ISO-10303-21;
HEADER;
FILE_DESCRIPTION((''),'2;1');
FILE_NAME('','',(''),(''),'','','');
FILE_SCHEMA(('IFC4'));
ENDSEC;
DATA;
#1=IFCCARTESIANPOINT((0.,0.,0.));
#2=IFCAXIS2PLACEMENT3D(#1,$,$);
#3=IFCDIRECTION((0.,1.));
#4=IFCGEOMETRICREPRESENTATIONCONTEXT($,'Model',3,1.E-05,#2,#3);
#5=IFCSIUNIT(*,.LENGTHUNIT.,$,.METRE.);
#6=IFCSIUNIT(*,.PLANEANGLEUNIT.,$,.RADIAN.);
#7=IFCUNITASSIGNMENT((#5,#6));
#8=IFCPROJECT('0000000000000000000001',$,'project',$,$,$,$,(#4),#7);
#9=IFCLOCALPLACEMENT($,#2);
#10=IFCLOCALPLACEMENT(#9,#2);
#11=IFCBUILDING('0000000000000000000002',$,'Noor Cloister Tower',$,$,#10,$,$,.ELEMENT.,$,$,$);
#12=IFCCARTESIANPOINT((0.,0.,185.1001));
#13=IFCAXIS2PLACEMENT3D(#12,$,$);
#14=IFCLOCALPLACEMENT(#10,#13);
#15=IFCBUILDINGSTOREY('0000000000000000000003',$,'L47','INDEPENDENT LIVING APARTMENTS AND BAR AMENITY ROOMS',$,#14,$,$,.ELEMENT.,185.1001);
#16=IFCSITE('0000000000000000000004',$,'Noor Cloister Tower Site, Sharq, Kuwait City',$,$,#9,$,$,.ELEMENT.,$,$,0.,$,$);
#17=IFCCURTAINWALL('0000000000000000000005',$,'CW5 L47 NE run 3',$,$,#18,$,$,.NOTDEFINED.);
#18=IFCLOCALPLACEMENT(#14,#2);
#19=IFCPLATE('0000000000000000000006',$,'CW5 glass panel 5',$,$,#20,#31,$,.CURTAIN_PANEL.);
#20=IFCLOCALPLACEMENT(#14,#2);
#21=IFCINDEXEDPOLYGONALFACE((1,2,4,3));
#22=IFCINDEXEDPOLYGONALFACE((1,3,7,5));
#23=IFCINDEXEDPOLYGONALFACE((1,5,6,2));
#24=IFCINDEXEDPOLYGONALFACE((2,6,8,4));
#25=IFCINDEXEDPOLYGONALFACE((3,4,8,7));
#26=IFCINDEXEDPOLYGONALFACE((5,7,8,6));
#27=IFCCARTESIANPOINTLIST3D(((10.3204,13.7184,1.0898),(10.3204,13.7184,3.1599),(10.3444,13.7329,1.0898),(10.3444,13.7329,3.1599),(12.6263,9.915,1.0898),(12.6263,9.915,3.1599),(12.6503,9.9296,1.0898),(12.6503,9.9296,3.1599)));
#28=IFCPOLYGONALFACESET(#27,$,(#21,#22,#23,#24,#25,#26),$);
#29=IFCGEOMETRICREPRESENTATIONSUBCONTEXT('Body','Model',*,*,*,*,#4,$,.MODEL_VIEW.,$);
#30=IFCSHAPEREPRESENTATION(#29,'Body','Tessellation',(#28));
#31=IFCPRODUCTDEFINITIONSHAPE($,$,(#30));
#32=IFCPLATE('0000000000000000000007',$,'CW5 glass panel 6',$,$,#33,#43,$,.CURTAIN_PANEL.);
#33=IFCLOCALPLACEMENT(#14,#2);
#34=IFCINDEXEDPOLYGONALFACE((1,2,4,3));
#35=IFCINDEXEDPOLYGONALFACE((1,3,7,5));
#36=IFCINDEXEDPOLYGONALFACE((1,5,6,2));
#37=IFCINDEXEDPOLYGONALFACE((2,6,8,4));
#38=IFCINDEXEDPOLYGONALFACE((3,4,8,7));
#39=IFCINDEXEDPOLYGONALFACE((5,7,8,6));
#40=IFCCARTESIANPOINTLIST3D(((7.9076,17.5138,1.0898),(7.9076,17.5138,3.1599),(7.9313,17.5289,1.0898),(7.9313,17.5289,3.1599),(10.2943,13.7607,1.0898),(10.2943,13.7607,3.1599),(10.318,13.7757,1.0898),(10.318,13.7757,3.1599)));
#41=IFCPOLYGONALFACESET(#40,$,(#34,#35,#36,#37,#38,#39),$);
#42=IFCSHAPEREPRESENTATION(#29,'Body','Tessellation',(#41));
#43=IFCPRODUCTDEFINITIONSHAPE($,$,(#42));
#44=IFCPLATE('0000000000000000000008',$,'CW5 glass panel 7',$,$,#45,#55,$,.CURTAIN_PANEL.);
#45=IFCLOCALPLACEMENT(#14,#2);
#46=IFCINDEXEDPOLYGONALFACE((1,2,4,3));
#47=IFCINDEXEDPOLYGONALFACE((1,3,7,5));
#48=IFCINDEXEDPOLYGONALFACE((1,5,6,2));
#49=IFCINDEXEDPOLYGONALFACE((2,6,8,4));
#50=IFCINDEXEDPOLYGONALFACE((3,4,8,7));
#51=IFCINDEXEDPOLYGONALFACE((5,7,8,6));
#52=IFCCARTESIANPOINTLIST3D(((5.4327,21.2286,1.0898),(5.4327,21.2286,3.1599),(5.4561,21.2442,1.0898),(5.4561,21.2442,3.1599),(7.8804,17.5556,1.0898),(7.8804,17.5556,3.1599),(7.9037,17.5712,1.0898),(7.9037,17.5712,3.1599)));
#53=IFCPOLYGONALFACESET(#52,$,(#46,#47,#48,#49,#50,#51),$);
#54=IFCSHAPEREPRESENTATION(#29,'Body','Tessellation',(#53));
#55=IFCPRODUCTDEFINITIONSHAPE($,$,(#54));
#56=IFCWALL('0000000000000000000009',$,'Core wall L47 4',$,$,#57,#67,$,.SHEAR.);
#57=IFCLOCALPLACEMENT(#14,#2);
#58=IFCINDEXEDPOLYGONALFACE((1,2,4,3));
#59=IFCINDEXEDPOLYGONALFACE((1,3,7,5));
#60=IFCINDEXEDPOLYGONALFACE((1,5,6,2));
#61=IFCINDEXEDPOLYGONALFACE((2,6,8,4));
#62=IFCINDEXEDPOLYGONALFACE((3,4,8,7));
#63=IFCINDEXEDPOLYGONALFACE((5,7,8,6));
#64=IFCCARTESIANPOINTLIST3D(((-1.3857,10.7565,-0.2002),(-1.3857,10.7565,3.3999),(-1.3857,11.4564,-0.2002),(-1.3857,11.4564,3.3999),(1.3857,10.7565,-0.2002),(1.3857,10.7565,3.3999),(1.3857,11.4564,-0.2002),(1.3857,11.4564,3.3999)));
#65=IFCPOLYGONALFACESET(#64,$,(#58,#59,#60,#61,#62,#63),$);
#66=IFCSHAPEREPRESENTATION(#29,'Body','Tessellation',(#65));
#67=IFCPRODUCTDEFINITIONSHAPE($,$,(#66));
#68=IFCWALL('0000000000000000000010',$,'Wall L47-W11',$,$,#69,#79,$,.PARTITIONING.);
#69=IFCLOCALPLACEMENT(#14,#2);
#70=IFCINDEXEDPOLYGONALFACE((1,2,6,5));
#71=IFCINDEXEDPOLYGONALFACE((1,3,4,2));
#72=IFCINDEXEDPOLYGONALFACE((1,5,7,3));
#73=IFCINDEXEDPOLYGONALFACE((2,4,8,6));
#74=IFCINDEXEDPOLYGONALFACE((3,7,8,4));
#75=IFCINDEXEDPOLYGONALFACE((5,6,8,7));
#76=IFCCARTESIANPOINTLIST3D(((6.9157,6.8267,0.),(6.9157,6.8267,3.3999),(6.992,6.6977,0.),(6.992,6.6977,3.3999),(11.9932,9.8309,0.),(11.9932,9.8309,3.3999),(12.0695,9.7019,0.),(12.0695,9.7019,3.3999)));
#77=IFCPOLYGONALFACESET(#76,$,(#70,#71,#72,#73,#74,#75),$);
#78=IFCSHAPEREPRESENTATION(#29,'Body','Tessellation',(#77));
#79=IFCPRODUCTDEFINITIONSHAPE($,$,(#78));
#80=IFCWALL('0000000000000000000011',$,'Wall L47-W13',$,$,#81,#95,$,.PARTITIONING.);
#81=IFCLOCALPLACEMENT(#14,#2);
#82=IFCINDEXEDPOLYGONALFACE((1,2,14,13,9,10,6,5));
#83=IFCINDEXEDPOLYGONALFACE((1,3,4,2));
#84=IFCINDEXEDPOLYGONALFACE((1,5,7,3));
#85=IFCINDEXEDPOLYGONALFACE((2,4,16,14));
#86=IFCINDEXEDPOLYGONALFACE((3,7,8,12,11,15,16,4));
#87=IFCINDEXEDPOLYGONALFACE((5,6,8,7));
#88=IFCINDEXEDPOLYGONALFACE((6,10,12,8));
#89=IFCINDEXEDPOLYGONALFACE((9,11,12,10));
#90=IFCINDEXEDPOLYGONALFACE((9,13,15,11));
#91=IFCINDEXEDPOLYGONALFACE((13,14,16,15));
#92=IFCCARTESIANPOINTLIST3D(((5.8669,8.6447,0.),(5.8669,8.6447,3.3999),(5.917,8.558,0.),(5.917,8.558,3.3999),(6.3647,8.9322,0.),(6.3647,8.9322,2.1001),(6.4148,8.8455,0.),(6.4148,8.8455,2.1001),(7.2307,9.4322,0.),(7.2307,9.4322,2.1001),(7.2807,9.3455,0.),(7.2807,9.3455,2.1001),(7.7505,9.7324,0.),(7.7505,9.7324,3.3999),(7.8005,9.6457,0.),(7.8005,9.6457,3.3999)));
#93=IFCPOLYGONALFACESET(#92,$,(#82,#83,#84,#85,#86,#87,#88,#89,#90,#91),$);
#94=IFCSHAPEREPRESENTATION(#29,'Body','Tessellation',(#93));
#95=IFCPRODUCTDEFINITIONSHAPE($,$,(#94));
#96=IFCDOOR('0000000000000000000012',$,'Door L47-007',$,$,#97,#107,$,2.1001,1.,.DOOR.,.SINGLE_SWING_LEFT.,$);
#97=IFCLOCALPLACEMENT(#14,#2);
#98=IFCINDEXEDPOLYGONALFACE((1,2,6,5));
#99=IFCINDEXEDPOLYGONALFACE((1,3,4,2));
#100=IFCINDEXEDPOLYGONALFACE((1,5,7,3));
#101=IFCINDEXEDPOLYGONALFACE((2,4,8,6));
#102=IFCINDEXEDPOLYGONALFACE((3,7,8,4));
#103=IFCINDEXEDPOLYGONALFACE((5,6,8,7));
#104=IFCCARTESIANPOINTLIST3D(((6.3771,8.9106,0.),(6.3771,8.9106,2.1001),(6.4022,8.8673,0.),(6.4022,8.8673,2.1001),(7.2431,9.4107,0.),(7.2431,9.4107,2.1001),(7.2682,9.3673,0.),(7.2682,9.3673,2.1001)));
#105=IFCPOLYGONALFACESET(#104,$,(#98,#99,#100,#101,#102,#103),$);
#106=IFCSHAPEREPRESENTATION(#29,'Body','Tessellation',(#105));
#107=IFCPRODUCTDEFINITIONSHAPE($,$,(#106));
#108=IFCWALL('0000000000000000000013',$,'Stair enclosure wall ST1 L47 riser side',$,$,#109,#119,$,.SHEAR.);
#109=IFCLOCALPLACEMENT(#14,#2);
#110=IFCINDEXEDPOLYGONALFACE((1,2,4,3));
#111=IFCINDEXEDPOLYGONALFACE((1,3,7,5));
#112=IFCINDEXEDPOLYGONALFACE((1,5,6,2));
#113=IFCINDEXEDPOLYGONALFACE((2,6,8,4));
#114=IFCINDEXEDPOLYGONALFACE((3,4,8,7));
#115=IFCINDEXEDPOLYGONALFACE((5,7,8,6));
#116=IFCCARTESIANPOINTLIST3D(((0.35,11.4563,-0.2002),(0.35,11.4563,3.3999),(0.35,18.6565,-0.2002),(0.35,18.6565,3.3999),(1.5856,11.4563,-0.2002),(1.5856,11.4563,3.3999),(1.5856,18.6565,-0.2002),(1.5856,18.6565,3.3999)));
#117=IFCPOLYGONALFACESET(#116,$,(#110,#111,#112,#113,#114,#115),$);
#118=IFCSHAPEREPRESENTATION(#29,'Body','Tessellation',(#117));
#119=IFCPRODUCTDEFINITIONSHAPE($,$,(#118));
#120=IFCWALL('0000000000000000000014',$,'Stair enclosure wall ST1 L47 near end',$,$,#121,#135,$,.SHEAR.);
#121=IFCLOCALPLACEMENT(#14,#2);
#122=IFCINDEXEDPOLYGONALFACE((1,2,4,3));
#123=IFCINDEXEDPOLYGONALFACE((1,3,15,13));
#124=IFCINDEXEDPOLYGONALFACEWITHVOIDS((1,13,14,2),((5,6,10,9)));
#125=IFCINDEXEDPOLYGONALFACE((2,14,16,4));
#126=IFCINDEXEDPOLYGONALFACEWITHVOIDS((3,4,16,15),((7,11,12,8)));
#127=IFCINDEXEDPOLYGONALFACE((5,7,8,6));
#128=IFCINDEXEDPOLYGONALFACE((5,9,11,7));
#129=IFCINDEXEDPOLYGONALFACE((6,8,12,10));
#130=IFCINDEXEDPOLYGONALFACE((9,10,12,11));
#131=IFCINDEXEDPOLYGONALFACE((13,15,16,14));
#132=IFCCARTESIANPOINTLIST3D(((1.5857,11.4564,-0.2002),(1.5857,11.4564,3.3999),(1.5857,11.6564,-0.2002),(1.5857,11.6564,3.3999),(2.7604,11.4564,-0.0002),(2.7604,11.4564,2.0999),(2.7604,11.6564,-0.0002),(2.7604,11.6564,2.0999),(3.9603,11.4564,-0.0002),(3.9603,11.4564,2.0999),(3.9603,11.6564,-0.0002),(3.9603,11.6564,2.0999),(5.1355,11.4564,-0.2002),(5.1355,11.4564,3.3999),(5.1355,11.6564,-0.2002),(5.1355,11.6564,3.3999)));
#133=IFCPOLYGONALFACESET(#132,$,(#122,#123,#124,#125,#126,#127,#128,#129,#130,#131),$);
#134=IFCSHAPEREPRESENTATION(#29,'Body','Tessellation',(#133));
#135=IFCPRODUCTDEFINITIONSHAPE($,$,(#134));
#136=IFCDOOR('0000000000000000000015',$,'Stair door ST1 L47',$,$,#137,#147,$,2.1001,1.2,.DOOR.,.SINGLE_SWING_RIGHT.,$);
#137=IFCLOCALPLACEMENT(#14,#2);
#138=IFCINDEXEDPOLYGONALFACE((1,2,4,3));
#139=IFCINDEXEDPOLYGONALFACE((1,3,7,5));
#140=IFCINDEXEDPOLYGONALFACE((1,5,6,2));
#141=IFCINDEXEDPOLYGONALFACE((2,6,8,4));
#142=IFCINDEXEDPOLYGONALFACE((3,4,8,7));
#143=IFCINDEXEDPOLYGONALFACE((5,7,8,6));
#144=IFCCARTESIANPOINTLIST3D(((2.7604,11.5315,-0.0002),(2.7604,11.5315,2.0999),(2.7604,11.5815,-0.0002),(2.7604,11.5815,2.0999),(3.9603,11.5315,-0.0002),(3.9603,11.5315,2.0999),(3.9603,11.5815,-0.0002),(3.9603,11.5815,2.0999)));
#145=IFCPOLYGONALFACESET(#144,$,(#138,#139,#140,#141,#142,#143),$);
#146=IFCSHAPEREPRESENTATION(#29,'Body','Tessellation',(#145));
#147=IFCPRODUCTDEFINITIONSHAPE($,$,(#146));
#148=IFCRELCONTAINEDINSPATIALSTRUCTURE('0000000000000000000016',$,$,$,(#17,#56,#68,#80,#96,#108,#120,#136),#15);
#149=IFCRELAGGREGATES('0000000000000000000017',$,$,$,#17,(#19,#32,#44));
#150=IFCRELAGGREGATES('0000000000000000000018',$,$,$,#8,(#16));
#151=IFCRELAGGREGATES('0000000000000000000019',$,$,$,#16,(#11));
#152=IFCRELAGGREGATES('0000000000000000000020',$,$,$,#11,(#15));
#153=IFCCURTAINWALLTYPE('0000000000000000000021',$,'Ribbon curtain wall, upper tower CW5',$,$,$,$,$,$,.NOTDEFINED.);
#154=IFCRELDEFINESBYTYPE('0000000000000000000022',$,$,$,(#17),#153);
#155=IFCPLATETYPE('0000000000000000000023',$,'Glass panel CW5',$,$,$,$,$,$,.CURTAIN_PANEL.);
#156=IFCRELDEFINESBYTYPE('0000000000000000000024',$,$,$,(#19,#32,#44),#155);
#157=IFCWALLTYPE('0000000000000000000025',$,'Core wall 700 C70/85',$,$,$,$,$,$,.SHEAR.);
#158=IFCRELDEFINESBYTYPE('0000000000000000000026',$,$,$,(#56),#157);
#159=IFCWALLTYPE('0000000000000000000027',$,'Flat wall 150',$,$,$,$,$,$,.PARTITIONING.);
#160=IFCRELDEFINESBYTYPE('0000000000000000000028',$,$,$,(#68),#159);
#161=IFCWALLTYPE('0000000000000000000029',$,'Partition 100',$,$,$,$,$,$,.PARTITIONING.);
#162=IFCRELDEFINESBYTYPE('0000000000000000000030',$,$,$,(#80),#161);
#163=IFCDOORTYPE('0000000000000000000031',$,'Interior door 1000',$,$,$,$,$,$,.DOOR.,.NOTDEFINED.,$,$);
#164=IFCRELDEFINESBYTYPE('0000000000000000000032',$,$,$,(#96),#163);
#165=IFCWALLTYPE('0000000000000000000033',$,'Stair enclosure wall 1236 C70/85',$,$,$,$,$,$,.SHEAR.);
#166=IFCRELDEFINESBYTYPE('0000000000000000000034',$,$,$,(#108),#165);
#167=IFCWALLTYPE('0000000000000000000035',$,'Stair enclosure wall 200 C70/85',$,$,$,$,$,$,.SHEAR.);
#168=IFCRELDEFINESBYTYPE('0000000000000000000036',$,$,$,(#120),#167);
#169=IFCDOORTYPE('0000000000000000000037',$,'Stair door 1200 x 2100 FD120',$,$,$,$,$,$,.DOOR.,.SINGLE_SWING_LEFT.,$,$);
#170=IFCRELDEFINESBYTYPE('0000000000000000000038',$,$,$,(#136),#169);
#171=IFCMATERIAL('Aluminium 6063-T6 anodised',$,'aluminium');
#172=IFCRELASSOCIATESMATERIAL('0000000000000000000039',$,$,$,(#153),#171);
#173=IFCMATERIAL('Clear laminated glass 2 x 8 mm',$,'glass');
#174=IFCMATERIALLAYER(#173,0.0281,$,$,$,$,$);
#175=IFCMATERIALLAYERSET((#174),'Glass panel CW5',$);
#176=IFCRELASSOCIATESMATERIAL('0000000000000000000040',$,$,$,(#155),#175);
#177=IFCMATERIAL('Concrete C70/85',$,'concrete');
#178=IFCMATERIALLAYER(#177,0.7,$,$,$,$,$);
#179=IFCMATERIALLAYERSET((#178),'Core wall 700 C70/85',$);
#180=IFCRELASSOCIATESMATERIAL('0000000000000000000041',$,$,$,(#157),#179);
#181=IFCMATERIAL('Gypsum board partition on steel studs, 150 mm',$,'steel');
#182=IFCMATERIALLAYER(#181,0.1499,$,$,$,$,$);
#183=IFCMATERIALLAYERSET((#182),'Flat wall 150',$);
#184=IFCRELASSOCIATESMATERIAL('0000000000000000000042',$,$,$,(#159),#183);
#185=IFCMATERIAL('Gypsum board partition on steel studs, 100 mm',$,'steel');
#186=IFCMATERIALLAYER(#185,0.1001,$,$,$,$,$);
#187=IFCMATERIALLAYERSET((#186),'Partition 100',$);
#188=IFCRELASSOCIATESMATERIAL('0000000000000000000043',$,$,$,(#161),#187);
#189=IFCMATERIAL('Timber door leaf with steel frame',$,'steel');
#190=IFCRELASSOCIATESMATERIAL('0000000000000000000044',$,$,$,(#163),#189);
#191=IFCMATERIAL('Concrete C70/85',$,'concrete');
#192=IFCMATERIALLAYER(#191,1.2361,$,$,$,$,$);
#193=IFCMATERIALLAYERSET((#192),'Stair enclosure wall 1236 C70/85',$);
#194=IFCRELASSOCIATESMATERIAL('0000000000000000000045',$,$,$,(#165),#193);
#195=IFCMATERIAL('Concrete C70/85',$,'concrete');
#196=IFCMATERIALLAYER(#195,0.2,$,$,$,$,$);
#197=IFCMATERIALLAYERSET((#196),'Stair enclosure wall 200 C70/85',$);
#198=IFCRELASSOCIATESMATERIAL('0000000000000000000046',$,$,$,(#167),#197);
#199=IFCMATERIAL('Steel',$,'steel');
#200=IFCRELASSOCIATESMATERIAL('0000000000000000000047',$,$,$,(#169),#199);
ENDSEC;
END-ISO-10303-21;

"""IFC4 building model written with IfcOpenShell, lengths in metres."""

from ifc_helpers import new_model, si_unit, direction, frame, frame_2d, origin, origin_2d, place, context, subcontext, project, spatial, rectangle, extrude, material, layer, layer_set, type_object, element, fill, aggregate, save


model = new_model("IFC4")

# Units and contexts
model_context = context("Model", 3, precision=1e-05, world=origin(), true_north=direction((0.0, 1.0)))
body_context = subcontext(model_context, "Body", "Model", "MODEL_VIEW")
ifc_project = project(units=[si_unit("LENGTHUNIT", "METRE"), si_unit("PLANEANGLEUNIT", "RADIAN")], contexts=[model_context])

# Site, building, storey
site_placement = place(None, origin())
site = spatial("IfcSite", under=ifc_project, at=site_placement, Name="Noor Cloister Tower Site, Sharq, Kuwait City", CompositionType="ELEMENT", RefElevation=0.0)
building_placement = place(site_placement, origin())
building = spatial("IfcBuilding", under=site, at=building_placement, Name="Noor Cloister Tower", CompositionType="ELEMENT")
storey_placement = place(building_placement, frame((0.0, 0.0, 185.1001)))
storey = spatial("IfcBuildingStorey", under=building, at=storey_placement, Name="L47", Description="INDEPENDENT LIVING APARTMENTS AND BAR AMENITY ROOMS", CompositionType="ELEMENT", Elevation=185.1001)

# Curtain wall
ifc_material_1 = material(Name="Aluminium 6063-T6 anodised", Category="aluminium")
curtain_wall_type = type_object("IfcCurtainWallType", Name="Ribbon curtain wall, upper tower CW5", PredefinedType="NOTDEFINED", material=ifc_material_1)
curtain_wall_placement = place(storey_placement, origin())
curtain_wall = element("IfcCurtainWall", 1, at=curtain_wall_placement, inside=storey, type_object=curtain_wall_type, Name="CW5 L47 NE run 3", PredefinedType="NOTDEFINED")

# Plates
ifc_material_2 = material(Name="Clear laminated glass 2 x 8 mm", Category="glass")
ifc_layer_1 = layer(ifc_material_2, 0.0281)
ifc_layer_set_1 = layer_set([ifc_layer_1], Name="Glass panel CW5")
plate_type = type_object("IfcPlateType", Name="Glass panel CW5", PredefinedType="CURTAIN_PANEL", material=ifc_layer_set_1)
plate_1_placement = place(storey_placement, frame((11.4854, 11.824, 1.0898), z_axis=(0.0, 0.0, 1.0), x_axis=(-0.518424, 0.855124, 0.0)))
plate_1 = element("IfcPlate", 2, at=plate_1_placement, type_object=plate_type, Name="CW5 glass panel 5", PredefinedType="CURTAIN_PANEL", context=body_context, shape_type="SweptSolid", body=[
    extrude(rectangle(XDim=4.4478, YDim=0.0281, at=origin_2d()), origin(), (0.0, 0.0, 1.0), 2.0701),
])
plate_2_placement = place(storey_placement, frame((9.1128, 15.6448, 1.0898), z_axis=(0.0, 0.0, 1.0), x_axis=(-0.53661, 0.84383, 0.0)))
plate_2 = element("IfcPlate", 3, at=plate_2_placement, type_object=plate_type, Name="CW5 glass panel 6", PredefinedType="CURTAIN_PANEL", context=body_context, shape_type="SweptSolid", body=[
    extrude(rectangle(XDim=4.4478, YDim=0.0281, at=origin_2d()), origin(), (0.0, 0.0, 1.0), 2.0701),
])
plate_3_placement = place(storey_placement, frame((6.6682, 19.3999, 1.0898), z_axis=(0.0, 0.0, 1.0), x_axis=(-0.554551, 0.83215, 0.0)))
plate_3 = element("IfcPlate", 4, at=plate_3_placement, type_object=plate_type, Name="CW5 glass panel 7", PredefinedType="CURTAIN_PANEL", context=body_context, shape_type="SweptSolid", body=[
    extrude(rectangle(XDim=4.4138, YDim=0.0281, at=origin_2d()), origin(), (0.0, 0.0, 1.0), 2.0701),
])
aggregate(curtain_wall, [plate_1, plate_2, plate_3])

# Walls
ifc_material_3 = material(Name="Concrete C70/85", Category="concrete")
ifc_layer_2 = layer(ifc_material_3, 0.7)
ifc_layer_set_2 = layer_set([ifc_layer_2], Name="Core wall 700 C70/85")
wall_type_1 = type_object("IfcWallType", Name="Core wall 700 C70/85", PredefinedType="SHEAR", material=ifc_layer_set_2)
wall_1_placement = place(storey_placement, frame((1.3857, 11.1064, -0.2002), z_axis=(0.0, 0.0, 1.0), x_axis=(-1.0, 0.0, 0.0)))
element("IfcWall", 5, at=wall_1_placement, inside=storey, type_object=wall_type_1, Name="Core wall L47 4", PredefinedType="SHEAR", context=body_context, shape_type="SweptSolid", body=[
    extrude(rectangle(XDim=2.7715, YDim=0.7, at=frame_2d((1.3857, 0.0))), origin(), (0.0, 0.0, 1.0), 3.6001),
])
ifc_material_4 = material(Name="Gypsum board partition on steel studs, 150 mm", Category="steel")
ifc_layer_3 = layer(ifc_material_4, 0.1499)
ifc_layer_set_3 = layer_set([ifc_layer_3], Name="Flat wall 150")
wall_type_2 = type_object("IfcWallType", Name="Flat wall 150", PredefinedType="PARTITIONING", material=ifc_layer_set_3)
wall_2_placement = place(storey_placement, frame((12.0312, 9.7664, 0.0), z_axis=(0.0, 0.0, 1.0), x_axis=(-0.860639, -0.509216, 0.0)))
element("IfcWall", 6, at=wall_2_placement, inside=storey, type_object=wall_type_2, Name="Wall L47-W11", PredefinedType="PARTITIONING", context=body_context, shape_type="SweptSolid", body=[
    extrude(rectangle(XDim=5.8997, YDim=0.1499, at=frame_2d((2.9497, 0.0))), origin(), (0.0, 0.0, 1.0), 3.3999),
])

# Wall, opening, door
ifc_material_5 = material(Name="Gypsum board partition on steel studs, 100 mm", Category="steel")
ifc_layer_4 = layer(ifc_material_5, 0.1001)
ifc_layer_set_4 = layer_set([ifc_layer_4], Name="Partition 100")
wall_type_3 = type_object("IfcWallType", Name="Partition 100", PredefinedType="PARTITIONING", material=ifc_layer_set_4)
wall_3_placement = place(storey_placement, frame((7.7754, 9.689, 0.0), z_axis=(0.0, 0.0, 1.0), x_axis=(-0.865989, -0.500063, 0.0)))
wall_3 = element("IfcWall", 7, at=wall_3_placement, inside=storey, type_object=wall_type_3, Name="Wall L47-W13", PredefinedType="PARTITIONING", context=body_context, shape_type="SweptSolid", body=[
    extrude(rectangle(XDim=2.175, YDim=0.1001, at=frame_2d((1.0874, 0.0))), origin(), (0.0, 0.0, 1.0), 3.3999),
])
opening_1_placement = place(wall_3_placement, frame((0.6001, 0.0, 0.0)))
opening_1 = element("IfcOpeningElement", 8, at=opening_1_placement, cuts=wall_3, PredefinedType="OPENING", context=body_context, shape_type="SweptSolid", body=[
    extrude(rectangle(XDim=1.0, YDim=2.1001, at=frame_2d((0.5, 1.05))), frame((0.0, 0.0601, 0.0), z_axis=(0.0, -1.0, 0.0), x_axis=(1.0, 0.0, 0.0)), (0.0, 0.0, 1.0), 0.1201),
])
ifc_material_6 = material(Name="Timber door leaf with steel frame", Category="steel")
door_type_1 = type_object("IfcDoorType", Name="Interior door 1000", OperationType="NOTDEFINED", PredefinedType="DOOR", material=ifc_material_6)
door_1_placement = place(opening_1_placement, origin())
door_1 = element("IfcDoor", 9, at=door_1_placement, inside=storey, type_object=door_type_1, Name="Door L47-007", OperationType="SINGLE_SWING_LEFT", OverallHeight=2.1001, OverallWidth=1.0, PredefinedType="DOOR", context=body_context, shape_type="SweptSolid", body=[
    extrude(rectangle(XDim=1.0, YDim=2.1001, at=frame_2d((0.5, 1.05))), frame((0.0, 0.0249, 0.0), z_axis=(0.0, -1.0, 0.0), x_axis=(1.0, 0.0, 0.0)), (0.0, 0.0, 1.0), 0.05),
])
fill(opening_1, door_1)

# Wall
ifc_material_7 = material(Name="Concrete C70/85", Category="concrete")
ifc_layer_5 = layer(ifc_material_7, 1.2361)
ifc_layer_set_5 = layer_set([ifc_layer_5], Name="Stair enclosure wall 1236 C70/85")
wall_type_4 = type_object("IfcWallType", Name="Stair enclosure wall 1236 C70/85", PredefinedType="SHEAR", material=ifc_layer_set_5)
wall_4_placement = place(storey_placement, frame((0.9678, 11.4563, -0.2002), z_axis=(0.0, 0.0, 1.0), x_axis=(0.0, 1.0, 0.0)))
element("IfcWall", 10, at=wall_4_placement, inside=storey, type_object=wall_type_4, Name="Stair enclosure wall ST1 L47 riser side", PredefinedType="SHEAR", context=body_context, shape_type="SweptSolid", body=[
    extrude(rectangle(XDim=7.2002, YDim=1.2356, at=frame_2d((3.6001, 0.0))), origin(), (0.0, 0.0, 1.0), 3.6001),
])

# Wall, opening, door
ifc_material_8 = material(Name="Concrete C70/85", Category="concrete")
ifc_layer_6 = layer(ifc_material_8, 0.2)
ifc_layer_set_6 = layer_set([ifc_layer_6], Name="Stair enclosure wall 200 C70/85")
wall_type_5 = type_object("IfcWallType", Name="Stair enclosure wall 200 C70/85", PredefinedType="SHEAR", material=ifc_layer_set_6)
wall_5_placement = place(storey_placement, frame((5.1355, 11.5564, -0.2002), z_axis=(0.0, 0.0, 1.0), x_axis=(-1.0, 0.0, 0.0)))
wall_5 = element("IfcWall", 11, at=wall_5_placement, inside=storey, type_object=wall_type_5, Name="Stair enclosure wall ST1 L47 near end", PredefinedType="SHEAR", context=body_context, shape_type="SweptSolid", body=[
    extrude(rectangle(XDim=3.5498, YDim=0.2, at=frame_2d((1.7749, 0.0))), origin(), (0.0, 0.0, 1.0), 3.6001),
])
opening_2_placement = place(wall_5_placement, frame((1.175, 0.0, 0.2)))
opening_2 = element("IfcOpeningElement", 12, at=opening_2_placement, cuts=wall_5, PredefinedType="OPENING", context=body_context, shape_type="SweptSolid", body=[
    extrude(rectangle(XDim=1.2, YDim=2.1001, at=frame_2d((0.6001, 1.05))), frame((0.0, 0.1099, 0.0), z_axis=(0.0, -1.0, 0.0), x_axis=(1.0, 0.0, 0.0)), (0.0, 0.0, 1.0), 0.22),
])
ifc_material_9 = material(Name="Steel", Category="steel")
door_type_2 = type_object("IfcDoorType", Name="Stair door 1200 x 2100 FD120", OperationType="SINGLE_SWING_LEFT", PredefinedType="DOOR", material=ifc_material_9)
door_2_placement = place(opening_2_placement, origin())
door_2 = element("IfcDoor", 13, at=door_2_placement, inside=storey, type_object=door_type_2, Name="Stair door ST1 L47", OperationType="SINGLE_SWING_RIGHT", OverallHeight=2.1001, OverallWidth=1.2, PredefinedType="DOOR", context=body_context, shape_type="SweptSolid", body=[
    extrude(rectangle(XDim=1.2, YDim=2.1001, at=frame_2d((0.6001, 1.05))), frame((0.0, 0.0249, 0.0), z_axis=(0.0, -1.0, 0.0), x_axis=(1.0, 0.0, 0.0)), (0.0, 0.0, 1.0), 0.05),
])
fill(opening_2, door_2)

save(model, "model.ifc")
